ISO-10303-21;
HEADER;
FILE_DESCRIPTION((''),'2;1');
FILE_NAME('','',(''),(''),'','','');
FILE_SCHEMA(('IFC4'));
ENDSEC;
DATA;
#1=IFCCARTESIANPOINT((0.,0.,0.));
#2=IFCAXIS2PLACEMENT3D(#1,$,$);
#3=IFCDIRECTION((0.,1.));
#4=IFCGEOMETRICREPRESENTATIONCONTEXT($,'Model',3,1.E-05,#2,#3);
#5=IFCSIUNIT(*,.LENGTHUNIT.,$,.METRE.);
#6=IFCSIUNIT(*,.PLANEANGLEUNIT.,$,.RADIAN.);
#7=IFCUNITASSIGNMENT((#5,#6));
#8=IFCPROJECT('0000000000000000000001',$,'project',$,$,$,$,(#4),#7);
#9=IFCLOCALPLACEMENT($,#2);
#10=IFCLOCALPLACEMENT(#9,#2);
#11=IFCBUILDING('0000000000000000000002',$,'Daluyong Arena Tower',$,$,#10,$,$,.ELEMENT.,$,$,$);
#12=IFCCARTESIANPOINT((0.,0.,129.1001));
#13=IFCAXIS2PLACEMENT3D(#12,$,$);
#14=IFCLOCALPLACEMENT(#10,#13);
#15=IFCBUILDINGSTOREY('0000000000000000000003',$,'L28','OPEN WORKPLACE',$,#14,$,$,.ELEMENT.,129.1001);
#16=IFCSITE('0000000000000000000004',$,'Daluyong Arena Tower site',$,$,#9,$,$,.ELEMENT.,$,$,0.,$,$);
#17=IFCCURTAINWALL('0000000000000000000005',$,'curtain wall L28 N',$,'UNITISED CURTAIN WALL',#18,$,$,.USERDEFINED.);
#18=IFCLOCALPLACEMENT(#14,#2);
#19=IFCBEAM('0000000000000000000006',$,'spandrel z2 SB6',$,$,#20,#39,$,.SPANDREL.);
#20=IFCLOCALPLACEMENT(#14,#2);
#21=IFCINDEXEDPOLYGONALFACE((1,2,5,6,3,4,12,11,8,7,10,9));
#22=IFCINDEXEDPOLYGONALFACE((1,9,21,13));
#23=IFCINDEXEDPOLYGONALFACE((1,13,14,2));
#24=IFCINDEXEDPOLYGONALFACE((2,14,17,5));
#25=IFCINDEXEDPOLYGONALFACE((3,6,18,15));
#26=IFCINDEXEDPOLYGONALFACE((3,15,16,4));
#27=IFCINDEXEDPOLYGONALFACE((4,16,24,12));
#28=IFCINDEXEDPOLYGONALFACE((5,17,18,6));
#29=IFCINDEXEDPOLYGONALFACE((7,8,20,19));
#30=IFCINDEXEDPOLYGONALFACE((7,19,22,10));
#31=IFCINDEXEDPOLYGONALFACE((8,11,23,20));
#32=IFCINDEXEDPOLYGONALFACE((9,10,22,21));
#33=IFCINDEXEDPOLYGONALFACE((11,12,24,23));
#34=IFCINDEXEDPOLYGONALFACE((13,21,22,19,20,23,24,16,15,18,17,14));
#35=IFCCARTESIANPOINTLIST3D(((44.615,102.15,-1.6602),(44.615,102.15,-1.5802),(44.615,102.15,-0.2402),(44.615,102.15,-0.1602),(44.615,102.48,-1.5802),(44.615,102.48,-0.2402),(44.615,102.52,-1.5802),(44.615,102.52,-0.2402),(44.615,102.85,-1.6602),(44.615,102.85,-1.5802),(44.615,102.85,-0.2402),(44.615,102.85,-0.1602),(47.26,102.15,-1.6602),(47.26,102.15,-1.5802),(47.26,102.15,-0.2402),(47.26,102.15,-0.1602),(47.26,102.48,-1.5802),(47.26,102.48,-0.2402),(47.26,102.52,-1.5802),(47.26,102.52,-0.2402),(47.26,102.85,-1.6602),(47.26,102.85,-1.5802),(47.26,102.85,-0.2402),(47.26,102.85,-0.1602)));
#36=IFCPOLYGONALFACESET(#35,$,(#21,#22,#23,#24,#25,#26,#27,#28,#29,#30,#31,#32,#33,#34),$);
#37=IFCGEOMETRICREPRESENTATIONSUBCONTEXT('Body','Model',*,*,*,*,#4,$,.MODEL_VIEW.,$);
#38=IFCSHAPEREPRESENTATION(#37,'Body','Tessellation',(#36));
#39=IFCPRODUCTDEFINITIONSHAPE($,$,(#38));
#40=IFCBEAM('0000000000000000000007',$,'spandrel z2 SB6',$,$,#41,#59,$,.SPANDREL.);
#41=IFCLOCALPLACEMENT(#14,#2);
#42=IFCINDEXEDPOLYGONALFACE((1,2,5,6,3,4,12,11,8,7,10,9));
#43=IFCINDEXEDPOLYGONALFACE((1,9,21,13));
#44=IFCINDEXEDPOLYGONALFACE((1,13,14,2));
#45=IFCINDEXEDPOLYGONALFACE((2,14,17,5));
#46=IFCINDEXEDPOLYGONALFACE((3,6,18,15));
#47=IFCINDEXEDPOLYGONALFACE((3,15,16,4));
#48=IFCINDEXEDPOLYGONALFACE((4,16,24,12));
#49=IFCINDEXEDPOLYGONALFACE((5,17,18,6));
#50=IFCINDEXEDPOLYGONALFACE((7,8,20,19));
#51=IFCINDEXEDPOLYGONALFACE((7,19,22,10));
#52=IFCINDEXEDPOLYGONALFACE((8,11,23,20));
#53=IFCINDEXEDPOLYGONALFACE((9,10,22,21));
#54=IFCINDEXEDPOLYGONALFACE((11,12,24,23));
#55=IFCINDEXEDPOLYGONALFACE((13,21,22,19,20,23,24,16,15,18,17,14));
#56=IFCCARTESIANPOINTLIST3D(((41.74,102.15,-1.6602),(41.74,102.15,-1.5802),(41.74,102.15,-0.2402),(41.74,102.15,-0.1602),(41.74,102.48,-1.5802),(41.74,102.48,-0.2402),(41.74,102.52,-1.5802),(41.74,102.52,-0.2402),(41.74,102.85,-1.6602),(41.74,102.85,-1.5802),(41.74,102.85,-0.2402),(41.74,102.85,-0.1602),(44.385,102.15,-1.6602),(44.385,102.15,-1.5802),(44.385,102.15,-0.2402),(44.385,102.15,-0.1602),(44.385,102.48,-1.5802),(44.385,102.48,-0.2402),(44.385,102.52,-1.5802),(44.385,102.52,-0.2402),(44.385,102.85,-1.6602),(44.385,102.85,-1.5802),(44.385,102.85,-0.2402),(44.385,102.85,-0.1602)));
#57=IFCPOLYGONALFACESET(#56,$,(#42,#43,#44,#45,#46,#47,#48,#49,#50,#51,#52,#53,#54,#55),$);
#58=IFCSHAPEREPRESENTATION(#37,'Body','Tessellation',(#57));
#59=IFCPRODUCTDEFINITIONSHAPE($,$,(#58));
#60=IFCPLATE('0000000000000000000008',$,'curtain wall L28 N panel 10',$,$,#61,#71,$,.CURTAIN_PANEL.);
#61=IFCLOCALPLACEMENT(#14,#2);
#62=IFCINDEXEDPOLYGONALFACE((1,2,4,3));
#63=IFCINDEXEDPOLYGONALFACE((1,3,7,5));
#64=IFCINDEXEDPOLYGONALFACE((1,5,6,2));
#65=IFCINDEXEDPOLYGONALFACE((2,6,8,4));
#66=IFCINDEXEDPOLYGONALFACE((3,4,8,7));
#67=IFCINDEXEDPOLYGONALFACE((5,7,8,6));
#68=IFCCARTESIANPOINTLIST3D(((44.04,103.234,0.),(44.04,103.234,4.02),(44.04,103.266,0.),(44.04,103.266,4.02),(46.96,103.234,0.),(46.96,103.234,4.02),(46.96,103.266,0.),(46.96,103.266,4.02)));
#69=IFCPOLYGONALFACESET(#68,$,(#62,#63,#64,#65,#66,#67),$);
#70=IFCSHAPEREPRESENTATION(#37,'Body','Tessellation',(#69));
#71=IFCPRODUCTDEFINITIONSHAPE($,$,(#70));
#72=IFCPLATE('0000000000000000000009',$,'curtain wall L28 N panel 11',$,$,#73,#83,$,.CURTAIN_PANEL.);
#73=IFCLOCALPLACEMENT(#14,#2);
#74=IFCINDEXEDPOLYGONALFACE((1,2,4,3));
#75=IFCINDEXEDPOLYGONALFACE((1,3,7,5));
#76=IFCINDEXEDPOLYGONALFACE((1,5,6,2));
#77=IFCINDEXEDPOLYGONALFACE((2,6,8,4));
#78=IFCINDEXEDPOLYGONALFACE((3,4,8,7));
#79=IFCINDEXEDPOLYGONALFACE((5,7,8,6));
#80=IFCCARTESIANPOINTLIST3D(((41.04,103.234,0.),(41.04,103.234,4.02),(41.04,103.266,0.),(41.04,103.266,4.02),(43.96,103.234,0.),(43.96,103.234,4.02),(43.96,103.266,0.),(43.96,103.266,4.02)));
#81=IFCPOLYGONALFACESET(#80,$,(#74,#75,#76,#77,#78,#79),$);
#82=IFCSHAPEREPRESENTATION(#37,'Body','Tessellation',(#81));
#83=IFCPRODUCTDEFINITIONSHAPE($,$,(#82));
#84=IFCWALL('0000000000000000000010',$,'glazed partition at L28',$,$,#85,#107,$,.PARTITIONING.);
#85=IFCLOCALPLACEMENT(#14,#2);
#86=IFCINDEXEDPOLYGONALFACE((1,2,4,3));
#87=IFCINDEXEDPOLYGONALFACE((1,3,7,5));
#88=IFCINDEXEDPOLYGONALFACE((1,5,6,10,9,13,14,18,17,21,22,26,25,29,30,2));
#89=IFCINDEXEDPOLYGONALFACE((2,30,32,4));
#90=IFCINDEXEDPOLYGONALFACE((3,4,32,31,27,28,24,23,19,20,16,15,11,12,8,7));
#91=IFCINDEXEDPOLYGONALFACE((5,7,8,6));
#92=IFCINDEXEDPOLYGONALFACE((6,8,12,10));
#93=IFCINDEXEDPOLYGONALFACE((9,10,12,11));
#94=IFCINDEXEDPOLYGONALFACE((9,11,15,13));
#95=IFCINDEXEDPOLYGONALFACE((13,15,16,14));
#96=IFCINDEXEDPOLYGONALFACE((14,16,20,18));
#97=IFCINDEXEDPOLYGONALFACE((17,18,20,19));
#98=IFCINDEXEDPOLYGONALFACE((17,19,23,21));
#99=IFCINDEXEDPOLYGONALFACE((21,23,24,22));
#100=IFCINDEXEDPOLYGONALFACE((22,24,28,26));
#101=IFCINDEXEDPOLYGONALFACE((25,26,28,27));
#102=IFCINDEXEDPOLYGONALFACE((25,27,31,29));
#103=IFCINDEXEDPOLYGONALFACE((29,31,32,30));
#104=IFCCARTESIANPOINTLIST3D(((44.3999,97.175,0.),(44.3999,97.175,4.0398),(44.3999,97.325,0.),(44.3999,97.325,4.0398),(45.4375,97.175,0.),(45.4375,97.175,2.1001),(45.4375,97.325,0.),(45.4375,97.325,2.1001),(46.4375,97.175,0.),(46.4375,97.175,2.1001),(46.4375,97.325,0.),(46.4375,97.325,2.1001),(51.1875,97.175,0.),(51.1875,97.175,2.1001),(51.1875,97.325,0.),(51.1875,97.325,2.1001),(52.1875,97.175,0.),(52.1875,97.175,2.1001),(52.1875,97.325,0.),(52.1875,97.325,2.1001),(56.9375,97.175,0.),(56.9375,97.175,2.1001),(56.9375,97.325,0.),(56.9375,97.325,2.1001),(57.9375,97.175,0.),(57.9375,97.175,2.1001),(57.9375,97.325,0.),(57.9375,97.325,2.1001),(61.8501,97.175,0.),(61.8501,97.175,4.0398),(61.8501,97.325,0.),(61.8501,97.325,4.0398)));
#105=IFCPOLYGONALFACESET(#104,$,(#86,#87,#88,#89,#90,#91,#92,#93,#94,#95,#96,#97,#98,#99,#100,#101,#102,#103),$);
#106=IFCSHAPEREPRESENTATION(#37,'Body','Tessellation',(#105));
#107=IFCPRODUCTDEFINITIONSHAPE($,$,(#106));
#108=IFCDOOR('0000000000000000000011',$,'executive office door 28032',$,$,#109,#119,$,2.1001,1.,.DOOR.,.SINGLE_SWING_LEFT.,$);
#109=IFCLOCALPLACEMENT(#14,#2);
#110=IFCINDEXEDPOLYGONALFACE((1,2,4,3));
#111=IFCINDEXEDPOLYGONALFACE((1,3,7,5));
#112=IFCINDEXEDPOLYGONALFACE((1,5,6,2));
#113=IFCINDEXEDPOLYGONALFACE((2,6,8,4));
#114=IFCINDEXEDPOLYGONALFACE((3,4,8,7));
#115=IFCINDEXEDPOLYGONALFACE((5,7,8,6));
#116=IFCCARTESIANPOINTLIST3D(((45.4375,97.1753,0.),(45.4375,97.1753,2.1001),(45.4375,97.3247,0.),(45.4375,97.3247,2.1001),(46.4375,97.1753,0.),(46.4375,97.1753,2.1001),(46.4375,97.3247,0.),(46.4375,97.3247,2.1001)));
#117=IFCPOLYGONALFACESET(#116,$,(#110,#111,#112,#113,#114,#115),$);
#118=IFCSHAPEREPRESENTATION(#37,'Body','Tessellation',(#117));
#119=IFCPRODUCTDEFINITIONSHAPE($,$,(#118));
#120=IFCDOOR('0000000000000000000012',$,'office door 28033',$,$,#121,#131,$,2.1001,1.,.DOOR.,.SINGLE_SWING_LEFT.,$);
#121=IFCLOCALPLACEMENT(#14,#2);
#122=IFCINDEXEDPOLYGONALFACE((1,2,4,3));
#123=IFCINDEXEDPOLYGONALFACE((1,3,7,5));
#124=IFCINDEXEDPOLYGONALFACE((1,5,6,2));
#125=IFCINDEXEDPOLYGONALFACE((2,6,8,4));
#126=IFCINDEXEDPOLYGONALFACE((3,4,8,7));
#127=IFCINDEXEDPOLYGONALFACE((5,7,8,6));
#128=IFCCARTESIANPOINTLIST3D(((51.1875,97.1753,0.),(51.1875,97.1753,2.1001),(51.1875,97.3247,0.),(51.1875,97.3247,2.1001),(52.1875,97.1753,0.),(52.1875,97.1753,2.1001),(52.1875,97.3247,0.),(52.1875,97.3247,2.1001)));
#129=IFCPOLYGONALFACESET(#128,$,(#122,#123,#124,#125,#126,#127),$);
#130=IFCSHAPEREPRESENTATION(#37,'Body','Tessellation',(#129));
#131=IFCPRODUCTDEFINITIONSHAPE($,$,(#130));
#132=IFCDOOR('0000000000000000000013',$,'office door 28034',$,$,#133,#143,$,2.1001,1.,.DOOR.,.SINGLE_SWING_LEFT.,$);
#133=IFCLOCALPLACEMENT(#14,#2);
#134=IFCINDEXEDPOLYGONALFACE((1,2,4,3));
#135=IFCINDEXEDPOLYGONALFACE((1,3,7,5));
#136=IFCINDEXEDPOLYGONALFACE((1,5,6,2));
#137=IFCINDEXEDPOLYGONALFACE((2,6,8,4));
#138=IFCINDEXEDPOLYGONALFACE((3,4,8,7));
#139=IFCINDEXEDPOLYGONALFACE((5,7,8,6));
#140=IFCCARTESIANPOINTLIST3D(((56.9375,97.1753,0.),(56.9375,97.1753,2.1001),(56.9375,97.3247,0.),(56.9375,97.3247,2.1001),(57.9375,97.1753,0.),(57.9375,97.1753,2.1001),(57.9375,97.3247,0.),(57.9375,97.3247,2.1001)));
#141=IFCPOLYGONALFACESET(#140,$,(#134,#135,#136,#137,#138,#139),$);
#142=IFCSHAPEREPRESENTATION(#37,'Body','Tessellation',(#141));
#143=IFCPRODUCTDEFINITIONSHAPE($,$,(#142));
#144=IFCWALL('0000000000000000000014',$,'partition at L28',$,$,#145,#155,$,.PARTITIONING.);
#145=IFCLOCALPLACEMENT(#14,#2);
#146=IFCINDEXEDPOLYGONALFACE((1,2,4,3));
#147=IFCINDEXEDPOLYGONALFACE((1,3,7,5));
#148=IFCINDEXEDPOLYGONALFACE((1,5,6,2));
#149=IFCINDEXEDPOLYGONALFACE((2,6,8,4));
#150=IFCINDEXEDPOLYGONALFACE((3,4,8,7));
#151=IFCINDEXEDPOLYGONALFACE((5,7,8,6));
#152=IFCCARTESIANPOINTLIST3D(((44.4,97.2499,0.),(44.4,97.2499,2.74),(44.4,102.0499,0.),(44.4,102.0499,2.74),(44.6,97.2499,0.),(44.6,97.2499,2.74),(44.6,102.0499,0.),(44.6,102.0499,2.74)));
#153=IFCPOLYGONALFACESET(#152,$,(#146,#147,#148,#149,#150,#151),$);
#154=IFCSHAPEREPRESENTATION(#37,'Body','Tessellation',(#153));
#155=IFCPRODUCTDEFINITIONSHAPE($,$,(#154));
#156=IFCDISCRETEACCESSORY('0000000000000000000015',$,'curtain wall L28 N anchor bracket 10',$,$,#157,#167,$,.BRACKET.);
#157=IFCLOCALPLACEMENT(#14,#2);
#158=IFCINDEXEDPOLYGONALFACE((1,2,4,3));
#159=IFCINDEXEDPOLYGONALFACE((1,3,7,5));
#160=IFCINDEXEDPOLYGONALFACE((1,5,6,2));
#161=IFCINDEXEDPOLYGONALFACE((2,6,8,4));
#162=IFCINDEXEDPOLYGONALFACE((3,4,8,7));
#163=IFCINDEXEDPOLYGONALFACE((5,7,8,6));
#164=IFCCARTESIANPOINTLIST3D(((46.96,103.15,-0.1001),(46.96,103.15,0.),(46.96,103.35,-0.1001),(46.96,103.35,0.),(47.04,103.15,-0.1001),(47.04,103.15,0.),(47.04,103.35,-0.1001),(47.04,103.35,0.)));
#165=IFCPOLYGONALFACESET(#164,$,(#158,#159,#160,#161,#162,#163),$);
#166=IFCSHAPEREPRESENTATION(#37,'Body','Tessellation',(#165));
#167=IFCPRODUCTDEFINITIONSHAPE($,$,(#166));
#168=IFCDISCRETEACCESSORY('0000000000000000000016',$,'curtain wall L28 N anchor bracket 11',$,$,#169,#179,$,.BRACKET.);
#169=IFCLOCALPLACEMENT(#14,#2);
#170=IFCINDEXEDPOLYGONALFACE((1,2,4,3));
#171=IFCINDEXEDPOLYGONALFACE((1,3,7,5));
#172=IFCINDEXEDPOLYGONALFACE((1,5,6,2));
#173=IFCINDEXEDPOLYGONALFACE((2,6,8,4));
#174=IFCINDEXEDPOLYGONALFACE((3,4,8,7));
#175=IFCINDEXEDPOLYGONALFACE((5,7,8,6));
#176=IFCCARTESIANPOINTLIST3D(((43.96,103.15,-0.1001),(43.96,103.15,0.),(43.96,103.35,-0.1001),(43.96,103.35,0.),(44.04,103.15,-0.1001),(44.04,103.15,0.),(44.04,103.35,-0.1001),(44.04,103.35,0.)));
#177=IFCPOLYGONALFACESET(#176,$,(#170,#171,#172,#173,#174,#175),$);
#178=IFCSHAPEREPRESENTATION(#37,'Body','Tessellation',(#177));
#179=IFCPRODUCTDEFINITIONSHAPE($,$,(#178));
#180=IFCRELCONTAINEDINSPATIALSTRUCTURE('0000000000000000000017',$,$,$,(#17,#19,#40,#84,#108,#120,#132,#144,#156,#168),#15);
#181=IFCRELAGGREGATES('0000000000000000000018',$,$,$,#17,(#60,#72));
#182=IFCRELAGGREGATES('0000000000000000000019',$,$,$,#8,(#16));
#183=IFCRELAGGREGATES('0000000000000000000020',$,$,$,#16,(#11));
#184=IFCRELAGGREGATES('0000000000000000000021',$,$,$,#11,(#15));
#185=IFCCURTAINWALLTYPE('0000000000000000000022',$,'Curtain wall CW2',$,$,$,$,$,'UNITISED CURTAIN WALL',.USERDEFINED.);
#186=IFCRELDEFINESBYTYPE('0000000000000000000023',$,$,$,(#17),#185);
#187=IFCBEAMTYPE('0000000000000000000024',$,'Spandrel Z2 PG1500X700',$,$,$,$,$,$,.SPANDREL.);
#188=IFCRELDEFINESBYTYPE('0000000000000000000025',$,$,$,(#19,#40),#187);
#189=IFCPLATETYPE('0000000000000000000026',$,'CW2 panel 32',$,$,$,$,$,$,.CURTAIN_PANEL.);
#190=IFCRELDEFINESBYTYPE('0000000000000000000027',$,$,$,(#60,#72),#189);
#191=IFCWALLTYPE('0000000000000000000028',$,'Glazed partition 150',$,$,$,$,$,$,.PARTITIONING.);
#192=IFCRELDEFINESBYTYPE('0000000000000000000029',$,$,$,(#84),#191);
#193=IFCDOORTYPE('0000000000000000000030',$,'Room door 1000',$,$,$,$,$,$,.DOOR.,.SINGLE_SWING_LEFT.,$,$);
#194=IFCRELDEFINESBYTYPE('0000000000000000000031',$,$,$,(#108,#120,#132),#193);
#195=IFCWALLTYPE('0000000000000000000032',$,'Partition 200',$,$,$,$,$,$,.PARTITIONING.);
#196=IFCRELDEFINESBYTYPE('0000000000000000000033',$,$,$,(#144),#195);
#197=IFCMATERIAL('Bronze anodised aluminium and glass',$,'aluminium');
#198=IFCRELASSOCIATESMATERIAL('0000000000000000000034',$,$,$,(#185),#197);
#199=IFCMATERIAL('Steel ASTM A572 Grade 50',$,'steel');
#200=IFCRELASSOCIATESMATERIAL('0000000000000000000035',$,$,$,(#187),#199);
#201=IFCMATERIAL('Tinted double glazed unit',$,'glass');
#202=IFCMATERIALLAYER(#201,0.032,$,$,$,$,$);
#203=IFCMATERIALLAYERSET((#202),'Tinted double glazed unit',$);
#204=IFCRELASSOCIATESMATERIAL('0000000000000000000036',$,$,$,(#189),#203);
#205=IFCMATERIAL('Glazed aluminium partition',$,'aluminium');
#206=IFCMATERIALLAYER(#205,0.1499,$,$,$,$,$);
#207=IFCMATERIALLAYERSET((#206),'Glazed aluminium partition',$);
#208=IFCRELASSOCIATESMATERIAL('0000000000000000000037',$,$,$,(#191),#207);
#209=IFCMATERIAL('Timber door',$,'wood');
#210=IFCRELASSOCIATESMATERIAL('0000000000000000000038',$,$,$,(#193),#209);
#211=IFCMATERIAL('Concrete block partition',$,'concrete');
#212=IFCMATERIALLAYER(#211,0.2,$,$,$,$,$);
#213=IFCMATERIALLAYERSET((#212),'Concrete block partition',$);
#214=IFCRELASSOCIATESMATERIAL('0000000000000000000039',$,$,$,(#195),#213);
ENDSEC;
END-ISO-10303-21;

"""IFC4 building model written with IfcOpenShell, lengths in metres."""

from ifc_helpers import new_model, si_unit, direction, frame, frame_2d, origin, origin_2d, place, context, subcontext, project, spatial, rectangle, i_section, extrude, material, layer, layer_set, material_profile, profile_set, type_object, element, fill, aggregate, save


model = new_model("IFC4")

# Units and contexts
model_context = context("Model", 3, precision=1e-05, world=origin(), true_north=direction((0.0, 1.0)))
body_context = subcontext(model_context, "Body", "Model", "MODEL_VIEW")
ifc_project = project(units=[si_unit("LENGTHUNIT", "METRE"), si_unit("PLANEANGLEUNIT", "RADIAN")], contexts=[model_context])

# Site, building, storey
site_placement = place(None, origin())
site = spatial("IfcSite", under=ifc_project, at=site_placement, Name="Daluyong Arena Tower site", CompositionType="ELEMENT", RefElevation=0.0)
building_placement = place(site_placement, origin())
building = spatial("IfcBuilding", under=site, at=building_placement, Name="Daluyong Arena Tower", CompositionType="ELEMENT")
storey_placement = place(building_placement, frame((0.0, 0.0, 129.1001)))
storey = spatial("IfcBuildingStorey", under=building, at=storey_placement, Name="L28", Description="OPEN WORKPLACE", CompositionType="ELEMENT", Elevation=129.1001)

# Curtain wall
ifc_material_1 = material(Name="Bronze anodised aluminium and glass", Category="aluminium")
curtain_wall_type = type_object("IfcCurtainWallType", Name="Curtain wall CW2", ElementType="UNITISED CURTAIN WALL", PredefinedType="USERDEFINED", material=ifc_material_1)
curtain_wall_placement = place(storey_placement, origin())
curtain_wall = element("IfcCurtainWall", 1, at=curtain_wall_placement, inside=storey, type_object=curtain_wall_type, Name="curtain wall L28 N", ObjectType="UNITISED CURTAIN WALL", PredefinedType="USERDEFINED")

# Beams
ifc_material_2 = material(Name="Steel ASTM A572 Grade 50", Category="steel")
ifc_material_profile_1 = material_profile(ifc_material_2, i_section(OverallWidth=0.7, OverallDepth=1.5, WebThickness=0.04, FlangeThickness=0.08, at=origin_2d()))
ifc_profile_set_1 = profile_set([ifc_material_profile_1], Name="Steel ASTM A572 Grade 50")
beam_type_1 = type_object("IfcBeamType", Name="Spandrel Z2 PG1500X700", PredefinedType="SPANDREL", material=ifc_profile_set_1)
for number, where, z_axis, x_axis, name in (
    (2, (47.26, 102.5, -0.9102), (-1.0, 0.0, 0.0), (0.0, -1.0, 0.0), "spandrel z2 SB6"),
    (3, (44.385, 102.5, -0.9102), (-1.0, 0.0, 0.0), (0.0, -1.0, 0.0), "spandrel z2 SB6"),
):
    element("IfcBeam", number, at=place(storey_placement, frame(where, z_axis=z_axis, x_axis=x_axis)), inside=storey, type_object=beam_type_1, Name=name, PredefinedType="SPANDREL", context=body_context, shape_type="SweptSolid", body=[
        extrude(i_section(OverallWidth=0.7, OverallDepth=1.5, WebThickness=0.04, FlangeThickness=0.08, at=origin_2d()), origin(), (0.0, 0.0, 1.0), 2.645),
    ])

# Plates
ifc_material_3 = material(Name="Tinted double glazed unit", Category="glass")
ifc_layer_1 = layer(ifc_material_3, 0.032)
ifc_layer_set_1 = layer_set([ifc_layer_1], Name="Tinted double glazed unit")
plate_type = type_object("IfcPlateType", Name="CW2 panel 32", PredefinedType="CURTAIN_PANEL", material=ifc_layer_set_1)
plate_1_placement = place(storey_placement, frame((45.5, 103.25, 0.0), z_axis=(0.0, 0.0, 1.0), x_axis=(-1.0, 0.0, 0.0)))
plate_1 = element("IfcPlate", 4, at=plate_1_placement, type_object=plate_type, Name="curtain wall L28 N panel 10", PredefinedType="CURTAIN_PANEL", context=body_context, shape_type="SweptSolid", body=[
    extrude(rectangle(XDim=2.9199, YDim=0.032, at=origin_2d()), origin(), (0.0, 0.0, 1.0), 4.02),
])
plate_2_placement = place(storey_placement, frame((42.5, 103.25, 0.0), z_axis=(0.0, 0.0, 1.0), x_axis=(-1.0, 0.0, 0.0)))
plate_2 = element("IfcPlate", 5, at=plate_2_placement, type_object=plate_type, Name="curtain wall L28 N panel 11", PredefinedType="CURTAIN_PANEL", context=body_context, shape_type="SweptSolid", body=[
    extrude(rectangle(XDim=2.9199, YDim=0.032, at=origin_2d()), origin(), (0.0, 0.0, 1.0), 4.02),
])
aggregate(curtain_wall, [plate_1, plate_2])

# Wall, openings, doors
ifc_material_4 = material(Name="Glazed aluminium partition", Category="aluminium")
ifc_layer_2 = layer(ifc_material_4, 0.1499)
ifc_layer_set_2 = layer_set([ifc_layer_2], Name="Glazed aluminium partition")
wall_type_1 = type_object("IfcWallType", Name="Glazed partition 150", PredefinedType="PARTITIONING", material=ifc_layer_set_2)
wall_1_placement = place(storey_placement, frame((44.3999, 97.25, 0.0), z_axis=(0.0, 0.0, 1.0), x_axis=(1.0, 0.0, 0.0)))
wall_1 = element("IfcWall", 6, at=wall_1_placement, inside=storey, type_object=wall_type_1, Name="glazed partition at L28", PredefinedType="PARTITIONING", context=body_context, shape_type="SweptSolid", body=[
    extrude(rectangle(XDim=17.4502, YDim=0.1499, at=frame_2d((8.7251, 0.0))), origin(), (0.0, 0.0, 1.0), 4.0398),
])
opening_1_placement = place(wall_1_placement, frame((1.0376, 0.0, 0.0)))
opening_1 = element("IfcOpeningElement", 7, at=opening_1_placement, cuts=wall_1, PredefinedType="OPENING", context=body_context, shape_type="SweptSolid", body=[
    extrude(rectangle(XDim=1.0, YDim=2.1001, at=frame_2d((0.5, 1.05))), frame((0.0, 0.085, 0.0), z_axis=(0.0, -1.0, 0.0), x_axis=(1.0, 0.0, 0.0)), (0.0, 0.0, 1.0), 0.1699),
])
opening_2_placement = place(wall_1_placement, frame((6.7876, 0.0, 0.0)))
opening_2 = element("IfcOpeningElement", 8, at=opening_2_placement, cuts=wall_1, PredefinedType="OPENING", context=body_context, shape_type="SweptSolid", body=[
    extrude(rectangle(XDim=1.0, YDim=2.1001, at=frame_2d((0.5, 1.05))), frame((0.0, 0.085, 0.0), z_axis=(0.0, -1.0, 0.0), x_axis=(1.0, 0.0, 0.0)), (0.0, 0.0, 1.0), 0.1699),
])
opening_3_placement = place(wall_1_placement, frame((12.5376, 0.0, 0.0)))
opening_3 = element("IfcOpeningElement", 9, at=opening_3_placement, cuts=wall_1, PredefinedType="OPENING", context=body_context, shape_type="SweptSolid", body=[
    extrude(rectangle(XDim=1.0, YDim=2.1001, at=frame_2d((0.5, 1.05))), frame((0.0, 0.085, 0.0), z_axis=(0.0, -1.0, 0.0), x_axis=(1.0, 0.0, 0.0)), (0.0, 0.0, 1.0), 0.1699),
])
ifc_material_5 = material(Name="Timber door", Category="wood")
door_type = type_object("IfcDoorType", Name="Room door 1000", OperationType="SINGLE_SWING_LEFT", PredefinedType="DOOR", material=ifc_material_5)
door_1_placement = place(opening_1_placement, origin())
door_1 = element("IfcDoor", 10, at=door_1_placement, inside=storey, type_object=door_type, Name="executive office door 28032", OperationType="SINGLE_SWING_LEFT", OverallHeight=2.1001, OverallWidth=1.0, PredefinedType="DOOR", context=body_context, shape_type="SweptSolid", body=[
    extrude(rectangle(XDim=1.0, YDim=2.1001, at=frame_2d((0.5, 1.05))), frame((0.0, 0.0747, 0.0), z_axis=(0.0, -1.0, 0.0), x_axis=(1.0, 0.0, 0.0)), (0.0, 0.0, 1.0), 0.1494),
])
fill(opening_1, door_1)
door_2_placement = place(opening_2_placement, origin())
door_2 = element("IfcDoor", 11, at=door_2_placement, inside=storey, type_object=door_type, Name="office door 28033", OperationType="SINGLE_SWING_LEFT", OverallHeight=2.1001, OverallWidth=1.0, PredefinedType="DOOR", context=body_context, shape_type="SweptSolid", body=[
    extrude(rectangle(XDim=1.0, YDim=2.1001, at=frame_2d((0.5, 1.05))), frame((0.0, 0.0747, 0.0), z_axis=(0.0, -1.0, 0.0), x_axis=(1.0, 0.0, 0.0)), (0.0, 0.0, 1.0), 0.1494),
])
fill(opening_2, door_2)
door_3_placement = place(opening_3_placement, origin())
door_3 = element("IfcDoor", 12, at=door_3_placement, inside=storey, type_object=door_type, Name="office door 28034", OperationType="SINGLE_SWING_LEFT", OverallHeight=2.1001, OverallWidth=1.0, PredefinedType="DOOR", context=body_context, shape_type="SweptSolid", body=[
    extrude(rectangle(XDim=1.0, YDim=2.1001, at=frame_2d((0.5, 1.05))), frame((0.0, 0.0747, 0.0), z_axis=(0.0, -1.0, 0.0), x_axis=(1.0, 0.0, 0.0)), (0.0, 0.0, 1.0), 0.1494),
])
fill(opening_3, door_3)

# Wall
ifc_material_6 = material(Name="Concrete block partition", Category="concrete")
ifc_layer_3 = layer(ifc_material_6, 0.2)
ifc_layer_set_3 = layer_set([ifc_layer_3], Name="Concrete block partition")
wall_type_2 = type_object("IfcWallType", Name="Partition 200", PredefinedType="PARTITIONING", material=ifc_layer_set_3)
wall_2_placement = place(storey_placement, frame((44.5, 97.25, 0.0), z_axis=(0.0, 0.0, 1.0), x_axis=(0.0, 1.0, 0.0)))
element("IfcWall", 13, at=wall_2_placement, inside=storey, type_object=wall_type_2, Name="partition at L28", PredefinedType="PARTITIONING", context=body_context, shape_type="SweptSolid", body=[
    extrude(rectangle(XDim=4.8, YDim=0.2, at=frame_2d((2.3999, 0.0))), origin(), (0.0, 0.0, 1.0), 2.74),
])

# Discrete accessories
for number, where, z_axis, x_axis, name in (
    (14, (47.0, 103.25, -0.1001), (0.0, 0.0, 1.0), (-1.0, 0.0, 0.0), "curtain wall L28 N anchor bracket 10"),
    (15, (44.0, 103.25, -0.1001), (0.0, 0.0, 1.0), (-1.0, 0.0, 0.0), "curtain wall L28 N anchor bracket 11"),
):
    element("IfcDiscreteAccessory", number, at=place(storey_placement, frame(where, z_axis=z_axis, x_axis=x_axis)), inside=storey, Name=name, PredefinedType="BRACKET", context=body_context, shape_type="SweptSolid", body=[
        extrude(rectangle(XDim=0.0801, YDim=0.2, at=origin_2d()), origin(), (0.0, 0.0, 1.0), 0.1001),
    ])

save(model, "model.ifc")
